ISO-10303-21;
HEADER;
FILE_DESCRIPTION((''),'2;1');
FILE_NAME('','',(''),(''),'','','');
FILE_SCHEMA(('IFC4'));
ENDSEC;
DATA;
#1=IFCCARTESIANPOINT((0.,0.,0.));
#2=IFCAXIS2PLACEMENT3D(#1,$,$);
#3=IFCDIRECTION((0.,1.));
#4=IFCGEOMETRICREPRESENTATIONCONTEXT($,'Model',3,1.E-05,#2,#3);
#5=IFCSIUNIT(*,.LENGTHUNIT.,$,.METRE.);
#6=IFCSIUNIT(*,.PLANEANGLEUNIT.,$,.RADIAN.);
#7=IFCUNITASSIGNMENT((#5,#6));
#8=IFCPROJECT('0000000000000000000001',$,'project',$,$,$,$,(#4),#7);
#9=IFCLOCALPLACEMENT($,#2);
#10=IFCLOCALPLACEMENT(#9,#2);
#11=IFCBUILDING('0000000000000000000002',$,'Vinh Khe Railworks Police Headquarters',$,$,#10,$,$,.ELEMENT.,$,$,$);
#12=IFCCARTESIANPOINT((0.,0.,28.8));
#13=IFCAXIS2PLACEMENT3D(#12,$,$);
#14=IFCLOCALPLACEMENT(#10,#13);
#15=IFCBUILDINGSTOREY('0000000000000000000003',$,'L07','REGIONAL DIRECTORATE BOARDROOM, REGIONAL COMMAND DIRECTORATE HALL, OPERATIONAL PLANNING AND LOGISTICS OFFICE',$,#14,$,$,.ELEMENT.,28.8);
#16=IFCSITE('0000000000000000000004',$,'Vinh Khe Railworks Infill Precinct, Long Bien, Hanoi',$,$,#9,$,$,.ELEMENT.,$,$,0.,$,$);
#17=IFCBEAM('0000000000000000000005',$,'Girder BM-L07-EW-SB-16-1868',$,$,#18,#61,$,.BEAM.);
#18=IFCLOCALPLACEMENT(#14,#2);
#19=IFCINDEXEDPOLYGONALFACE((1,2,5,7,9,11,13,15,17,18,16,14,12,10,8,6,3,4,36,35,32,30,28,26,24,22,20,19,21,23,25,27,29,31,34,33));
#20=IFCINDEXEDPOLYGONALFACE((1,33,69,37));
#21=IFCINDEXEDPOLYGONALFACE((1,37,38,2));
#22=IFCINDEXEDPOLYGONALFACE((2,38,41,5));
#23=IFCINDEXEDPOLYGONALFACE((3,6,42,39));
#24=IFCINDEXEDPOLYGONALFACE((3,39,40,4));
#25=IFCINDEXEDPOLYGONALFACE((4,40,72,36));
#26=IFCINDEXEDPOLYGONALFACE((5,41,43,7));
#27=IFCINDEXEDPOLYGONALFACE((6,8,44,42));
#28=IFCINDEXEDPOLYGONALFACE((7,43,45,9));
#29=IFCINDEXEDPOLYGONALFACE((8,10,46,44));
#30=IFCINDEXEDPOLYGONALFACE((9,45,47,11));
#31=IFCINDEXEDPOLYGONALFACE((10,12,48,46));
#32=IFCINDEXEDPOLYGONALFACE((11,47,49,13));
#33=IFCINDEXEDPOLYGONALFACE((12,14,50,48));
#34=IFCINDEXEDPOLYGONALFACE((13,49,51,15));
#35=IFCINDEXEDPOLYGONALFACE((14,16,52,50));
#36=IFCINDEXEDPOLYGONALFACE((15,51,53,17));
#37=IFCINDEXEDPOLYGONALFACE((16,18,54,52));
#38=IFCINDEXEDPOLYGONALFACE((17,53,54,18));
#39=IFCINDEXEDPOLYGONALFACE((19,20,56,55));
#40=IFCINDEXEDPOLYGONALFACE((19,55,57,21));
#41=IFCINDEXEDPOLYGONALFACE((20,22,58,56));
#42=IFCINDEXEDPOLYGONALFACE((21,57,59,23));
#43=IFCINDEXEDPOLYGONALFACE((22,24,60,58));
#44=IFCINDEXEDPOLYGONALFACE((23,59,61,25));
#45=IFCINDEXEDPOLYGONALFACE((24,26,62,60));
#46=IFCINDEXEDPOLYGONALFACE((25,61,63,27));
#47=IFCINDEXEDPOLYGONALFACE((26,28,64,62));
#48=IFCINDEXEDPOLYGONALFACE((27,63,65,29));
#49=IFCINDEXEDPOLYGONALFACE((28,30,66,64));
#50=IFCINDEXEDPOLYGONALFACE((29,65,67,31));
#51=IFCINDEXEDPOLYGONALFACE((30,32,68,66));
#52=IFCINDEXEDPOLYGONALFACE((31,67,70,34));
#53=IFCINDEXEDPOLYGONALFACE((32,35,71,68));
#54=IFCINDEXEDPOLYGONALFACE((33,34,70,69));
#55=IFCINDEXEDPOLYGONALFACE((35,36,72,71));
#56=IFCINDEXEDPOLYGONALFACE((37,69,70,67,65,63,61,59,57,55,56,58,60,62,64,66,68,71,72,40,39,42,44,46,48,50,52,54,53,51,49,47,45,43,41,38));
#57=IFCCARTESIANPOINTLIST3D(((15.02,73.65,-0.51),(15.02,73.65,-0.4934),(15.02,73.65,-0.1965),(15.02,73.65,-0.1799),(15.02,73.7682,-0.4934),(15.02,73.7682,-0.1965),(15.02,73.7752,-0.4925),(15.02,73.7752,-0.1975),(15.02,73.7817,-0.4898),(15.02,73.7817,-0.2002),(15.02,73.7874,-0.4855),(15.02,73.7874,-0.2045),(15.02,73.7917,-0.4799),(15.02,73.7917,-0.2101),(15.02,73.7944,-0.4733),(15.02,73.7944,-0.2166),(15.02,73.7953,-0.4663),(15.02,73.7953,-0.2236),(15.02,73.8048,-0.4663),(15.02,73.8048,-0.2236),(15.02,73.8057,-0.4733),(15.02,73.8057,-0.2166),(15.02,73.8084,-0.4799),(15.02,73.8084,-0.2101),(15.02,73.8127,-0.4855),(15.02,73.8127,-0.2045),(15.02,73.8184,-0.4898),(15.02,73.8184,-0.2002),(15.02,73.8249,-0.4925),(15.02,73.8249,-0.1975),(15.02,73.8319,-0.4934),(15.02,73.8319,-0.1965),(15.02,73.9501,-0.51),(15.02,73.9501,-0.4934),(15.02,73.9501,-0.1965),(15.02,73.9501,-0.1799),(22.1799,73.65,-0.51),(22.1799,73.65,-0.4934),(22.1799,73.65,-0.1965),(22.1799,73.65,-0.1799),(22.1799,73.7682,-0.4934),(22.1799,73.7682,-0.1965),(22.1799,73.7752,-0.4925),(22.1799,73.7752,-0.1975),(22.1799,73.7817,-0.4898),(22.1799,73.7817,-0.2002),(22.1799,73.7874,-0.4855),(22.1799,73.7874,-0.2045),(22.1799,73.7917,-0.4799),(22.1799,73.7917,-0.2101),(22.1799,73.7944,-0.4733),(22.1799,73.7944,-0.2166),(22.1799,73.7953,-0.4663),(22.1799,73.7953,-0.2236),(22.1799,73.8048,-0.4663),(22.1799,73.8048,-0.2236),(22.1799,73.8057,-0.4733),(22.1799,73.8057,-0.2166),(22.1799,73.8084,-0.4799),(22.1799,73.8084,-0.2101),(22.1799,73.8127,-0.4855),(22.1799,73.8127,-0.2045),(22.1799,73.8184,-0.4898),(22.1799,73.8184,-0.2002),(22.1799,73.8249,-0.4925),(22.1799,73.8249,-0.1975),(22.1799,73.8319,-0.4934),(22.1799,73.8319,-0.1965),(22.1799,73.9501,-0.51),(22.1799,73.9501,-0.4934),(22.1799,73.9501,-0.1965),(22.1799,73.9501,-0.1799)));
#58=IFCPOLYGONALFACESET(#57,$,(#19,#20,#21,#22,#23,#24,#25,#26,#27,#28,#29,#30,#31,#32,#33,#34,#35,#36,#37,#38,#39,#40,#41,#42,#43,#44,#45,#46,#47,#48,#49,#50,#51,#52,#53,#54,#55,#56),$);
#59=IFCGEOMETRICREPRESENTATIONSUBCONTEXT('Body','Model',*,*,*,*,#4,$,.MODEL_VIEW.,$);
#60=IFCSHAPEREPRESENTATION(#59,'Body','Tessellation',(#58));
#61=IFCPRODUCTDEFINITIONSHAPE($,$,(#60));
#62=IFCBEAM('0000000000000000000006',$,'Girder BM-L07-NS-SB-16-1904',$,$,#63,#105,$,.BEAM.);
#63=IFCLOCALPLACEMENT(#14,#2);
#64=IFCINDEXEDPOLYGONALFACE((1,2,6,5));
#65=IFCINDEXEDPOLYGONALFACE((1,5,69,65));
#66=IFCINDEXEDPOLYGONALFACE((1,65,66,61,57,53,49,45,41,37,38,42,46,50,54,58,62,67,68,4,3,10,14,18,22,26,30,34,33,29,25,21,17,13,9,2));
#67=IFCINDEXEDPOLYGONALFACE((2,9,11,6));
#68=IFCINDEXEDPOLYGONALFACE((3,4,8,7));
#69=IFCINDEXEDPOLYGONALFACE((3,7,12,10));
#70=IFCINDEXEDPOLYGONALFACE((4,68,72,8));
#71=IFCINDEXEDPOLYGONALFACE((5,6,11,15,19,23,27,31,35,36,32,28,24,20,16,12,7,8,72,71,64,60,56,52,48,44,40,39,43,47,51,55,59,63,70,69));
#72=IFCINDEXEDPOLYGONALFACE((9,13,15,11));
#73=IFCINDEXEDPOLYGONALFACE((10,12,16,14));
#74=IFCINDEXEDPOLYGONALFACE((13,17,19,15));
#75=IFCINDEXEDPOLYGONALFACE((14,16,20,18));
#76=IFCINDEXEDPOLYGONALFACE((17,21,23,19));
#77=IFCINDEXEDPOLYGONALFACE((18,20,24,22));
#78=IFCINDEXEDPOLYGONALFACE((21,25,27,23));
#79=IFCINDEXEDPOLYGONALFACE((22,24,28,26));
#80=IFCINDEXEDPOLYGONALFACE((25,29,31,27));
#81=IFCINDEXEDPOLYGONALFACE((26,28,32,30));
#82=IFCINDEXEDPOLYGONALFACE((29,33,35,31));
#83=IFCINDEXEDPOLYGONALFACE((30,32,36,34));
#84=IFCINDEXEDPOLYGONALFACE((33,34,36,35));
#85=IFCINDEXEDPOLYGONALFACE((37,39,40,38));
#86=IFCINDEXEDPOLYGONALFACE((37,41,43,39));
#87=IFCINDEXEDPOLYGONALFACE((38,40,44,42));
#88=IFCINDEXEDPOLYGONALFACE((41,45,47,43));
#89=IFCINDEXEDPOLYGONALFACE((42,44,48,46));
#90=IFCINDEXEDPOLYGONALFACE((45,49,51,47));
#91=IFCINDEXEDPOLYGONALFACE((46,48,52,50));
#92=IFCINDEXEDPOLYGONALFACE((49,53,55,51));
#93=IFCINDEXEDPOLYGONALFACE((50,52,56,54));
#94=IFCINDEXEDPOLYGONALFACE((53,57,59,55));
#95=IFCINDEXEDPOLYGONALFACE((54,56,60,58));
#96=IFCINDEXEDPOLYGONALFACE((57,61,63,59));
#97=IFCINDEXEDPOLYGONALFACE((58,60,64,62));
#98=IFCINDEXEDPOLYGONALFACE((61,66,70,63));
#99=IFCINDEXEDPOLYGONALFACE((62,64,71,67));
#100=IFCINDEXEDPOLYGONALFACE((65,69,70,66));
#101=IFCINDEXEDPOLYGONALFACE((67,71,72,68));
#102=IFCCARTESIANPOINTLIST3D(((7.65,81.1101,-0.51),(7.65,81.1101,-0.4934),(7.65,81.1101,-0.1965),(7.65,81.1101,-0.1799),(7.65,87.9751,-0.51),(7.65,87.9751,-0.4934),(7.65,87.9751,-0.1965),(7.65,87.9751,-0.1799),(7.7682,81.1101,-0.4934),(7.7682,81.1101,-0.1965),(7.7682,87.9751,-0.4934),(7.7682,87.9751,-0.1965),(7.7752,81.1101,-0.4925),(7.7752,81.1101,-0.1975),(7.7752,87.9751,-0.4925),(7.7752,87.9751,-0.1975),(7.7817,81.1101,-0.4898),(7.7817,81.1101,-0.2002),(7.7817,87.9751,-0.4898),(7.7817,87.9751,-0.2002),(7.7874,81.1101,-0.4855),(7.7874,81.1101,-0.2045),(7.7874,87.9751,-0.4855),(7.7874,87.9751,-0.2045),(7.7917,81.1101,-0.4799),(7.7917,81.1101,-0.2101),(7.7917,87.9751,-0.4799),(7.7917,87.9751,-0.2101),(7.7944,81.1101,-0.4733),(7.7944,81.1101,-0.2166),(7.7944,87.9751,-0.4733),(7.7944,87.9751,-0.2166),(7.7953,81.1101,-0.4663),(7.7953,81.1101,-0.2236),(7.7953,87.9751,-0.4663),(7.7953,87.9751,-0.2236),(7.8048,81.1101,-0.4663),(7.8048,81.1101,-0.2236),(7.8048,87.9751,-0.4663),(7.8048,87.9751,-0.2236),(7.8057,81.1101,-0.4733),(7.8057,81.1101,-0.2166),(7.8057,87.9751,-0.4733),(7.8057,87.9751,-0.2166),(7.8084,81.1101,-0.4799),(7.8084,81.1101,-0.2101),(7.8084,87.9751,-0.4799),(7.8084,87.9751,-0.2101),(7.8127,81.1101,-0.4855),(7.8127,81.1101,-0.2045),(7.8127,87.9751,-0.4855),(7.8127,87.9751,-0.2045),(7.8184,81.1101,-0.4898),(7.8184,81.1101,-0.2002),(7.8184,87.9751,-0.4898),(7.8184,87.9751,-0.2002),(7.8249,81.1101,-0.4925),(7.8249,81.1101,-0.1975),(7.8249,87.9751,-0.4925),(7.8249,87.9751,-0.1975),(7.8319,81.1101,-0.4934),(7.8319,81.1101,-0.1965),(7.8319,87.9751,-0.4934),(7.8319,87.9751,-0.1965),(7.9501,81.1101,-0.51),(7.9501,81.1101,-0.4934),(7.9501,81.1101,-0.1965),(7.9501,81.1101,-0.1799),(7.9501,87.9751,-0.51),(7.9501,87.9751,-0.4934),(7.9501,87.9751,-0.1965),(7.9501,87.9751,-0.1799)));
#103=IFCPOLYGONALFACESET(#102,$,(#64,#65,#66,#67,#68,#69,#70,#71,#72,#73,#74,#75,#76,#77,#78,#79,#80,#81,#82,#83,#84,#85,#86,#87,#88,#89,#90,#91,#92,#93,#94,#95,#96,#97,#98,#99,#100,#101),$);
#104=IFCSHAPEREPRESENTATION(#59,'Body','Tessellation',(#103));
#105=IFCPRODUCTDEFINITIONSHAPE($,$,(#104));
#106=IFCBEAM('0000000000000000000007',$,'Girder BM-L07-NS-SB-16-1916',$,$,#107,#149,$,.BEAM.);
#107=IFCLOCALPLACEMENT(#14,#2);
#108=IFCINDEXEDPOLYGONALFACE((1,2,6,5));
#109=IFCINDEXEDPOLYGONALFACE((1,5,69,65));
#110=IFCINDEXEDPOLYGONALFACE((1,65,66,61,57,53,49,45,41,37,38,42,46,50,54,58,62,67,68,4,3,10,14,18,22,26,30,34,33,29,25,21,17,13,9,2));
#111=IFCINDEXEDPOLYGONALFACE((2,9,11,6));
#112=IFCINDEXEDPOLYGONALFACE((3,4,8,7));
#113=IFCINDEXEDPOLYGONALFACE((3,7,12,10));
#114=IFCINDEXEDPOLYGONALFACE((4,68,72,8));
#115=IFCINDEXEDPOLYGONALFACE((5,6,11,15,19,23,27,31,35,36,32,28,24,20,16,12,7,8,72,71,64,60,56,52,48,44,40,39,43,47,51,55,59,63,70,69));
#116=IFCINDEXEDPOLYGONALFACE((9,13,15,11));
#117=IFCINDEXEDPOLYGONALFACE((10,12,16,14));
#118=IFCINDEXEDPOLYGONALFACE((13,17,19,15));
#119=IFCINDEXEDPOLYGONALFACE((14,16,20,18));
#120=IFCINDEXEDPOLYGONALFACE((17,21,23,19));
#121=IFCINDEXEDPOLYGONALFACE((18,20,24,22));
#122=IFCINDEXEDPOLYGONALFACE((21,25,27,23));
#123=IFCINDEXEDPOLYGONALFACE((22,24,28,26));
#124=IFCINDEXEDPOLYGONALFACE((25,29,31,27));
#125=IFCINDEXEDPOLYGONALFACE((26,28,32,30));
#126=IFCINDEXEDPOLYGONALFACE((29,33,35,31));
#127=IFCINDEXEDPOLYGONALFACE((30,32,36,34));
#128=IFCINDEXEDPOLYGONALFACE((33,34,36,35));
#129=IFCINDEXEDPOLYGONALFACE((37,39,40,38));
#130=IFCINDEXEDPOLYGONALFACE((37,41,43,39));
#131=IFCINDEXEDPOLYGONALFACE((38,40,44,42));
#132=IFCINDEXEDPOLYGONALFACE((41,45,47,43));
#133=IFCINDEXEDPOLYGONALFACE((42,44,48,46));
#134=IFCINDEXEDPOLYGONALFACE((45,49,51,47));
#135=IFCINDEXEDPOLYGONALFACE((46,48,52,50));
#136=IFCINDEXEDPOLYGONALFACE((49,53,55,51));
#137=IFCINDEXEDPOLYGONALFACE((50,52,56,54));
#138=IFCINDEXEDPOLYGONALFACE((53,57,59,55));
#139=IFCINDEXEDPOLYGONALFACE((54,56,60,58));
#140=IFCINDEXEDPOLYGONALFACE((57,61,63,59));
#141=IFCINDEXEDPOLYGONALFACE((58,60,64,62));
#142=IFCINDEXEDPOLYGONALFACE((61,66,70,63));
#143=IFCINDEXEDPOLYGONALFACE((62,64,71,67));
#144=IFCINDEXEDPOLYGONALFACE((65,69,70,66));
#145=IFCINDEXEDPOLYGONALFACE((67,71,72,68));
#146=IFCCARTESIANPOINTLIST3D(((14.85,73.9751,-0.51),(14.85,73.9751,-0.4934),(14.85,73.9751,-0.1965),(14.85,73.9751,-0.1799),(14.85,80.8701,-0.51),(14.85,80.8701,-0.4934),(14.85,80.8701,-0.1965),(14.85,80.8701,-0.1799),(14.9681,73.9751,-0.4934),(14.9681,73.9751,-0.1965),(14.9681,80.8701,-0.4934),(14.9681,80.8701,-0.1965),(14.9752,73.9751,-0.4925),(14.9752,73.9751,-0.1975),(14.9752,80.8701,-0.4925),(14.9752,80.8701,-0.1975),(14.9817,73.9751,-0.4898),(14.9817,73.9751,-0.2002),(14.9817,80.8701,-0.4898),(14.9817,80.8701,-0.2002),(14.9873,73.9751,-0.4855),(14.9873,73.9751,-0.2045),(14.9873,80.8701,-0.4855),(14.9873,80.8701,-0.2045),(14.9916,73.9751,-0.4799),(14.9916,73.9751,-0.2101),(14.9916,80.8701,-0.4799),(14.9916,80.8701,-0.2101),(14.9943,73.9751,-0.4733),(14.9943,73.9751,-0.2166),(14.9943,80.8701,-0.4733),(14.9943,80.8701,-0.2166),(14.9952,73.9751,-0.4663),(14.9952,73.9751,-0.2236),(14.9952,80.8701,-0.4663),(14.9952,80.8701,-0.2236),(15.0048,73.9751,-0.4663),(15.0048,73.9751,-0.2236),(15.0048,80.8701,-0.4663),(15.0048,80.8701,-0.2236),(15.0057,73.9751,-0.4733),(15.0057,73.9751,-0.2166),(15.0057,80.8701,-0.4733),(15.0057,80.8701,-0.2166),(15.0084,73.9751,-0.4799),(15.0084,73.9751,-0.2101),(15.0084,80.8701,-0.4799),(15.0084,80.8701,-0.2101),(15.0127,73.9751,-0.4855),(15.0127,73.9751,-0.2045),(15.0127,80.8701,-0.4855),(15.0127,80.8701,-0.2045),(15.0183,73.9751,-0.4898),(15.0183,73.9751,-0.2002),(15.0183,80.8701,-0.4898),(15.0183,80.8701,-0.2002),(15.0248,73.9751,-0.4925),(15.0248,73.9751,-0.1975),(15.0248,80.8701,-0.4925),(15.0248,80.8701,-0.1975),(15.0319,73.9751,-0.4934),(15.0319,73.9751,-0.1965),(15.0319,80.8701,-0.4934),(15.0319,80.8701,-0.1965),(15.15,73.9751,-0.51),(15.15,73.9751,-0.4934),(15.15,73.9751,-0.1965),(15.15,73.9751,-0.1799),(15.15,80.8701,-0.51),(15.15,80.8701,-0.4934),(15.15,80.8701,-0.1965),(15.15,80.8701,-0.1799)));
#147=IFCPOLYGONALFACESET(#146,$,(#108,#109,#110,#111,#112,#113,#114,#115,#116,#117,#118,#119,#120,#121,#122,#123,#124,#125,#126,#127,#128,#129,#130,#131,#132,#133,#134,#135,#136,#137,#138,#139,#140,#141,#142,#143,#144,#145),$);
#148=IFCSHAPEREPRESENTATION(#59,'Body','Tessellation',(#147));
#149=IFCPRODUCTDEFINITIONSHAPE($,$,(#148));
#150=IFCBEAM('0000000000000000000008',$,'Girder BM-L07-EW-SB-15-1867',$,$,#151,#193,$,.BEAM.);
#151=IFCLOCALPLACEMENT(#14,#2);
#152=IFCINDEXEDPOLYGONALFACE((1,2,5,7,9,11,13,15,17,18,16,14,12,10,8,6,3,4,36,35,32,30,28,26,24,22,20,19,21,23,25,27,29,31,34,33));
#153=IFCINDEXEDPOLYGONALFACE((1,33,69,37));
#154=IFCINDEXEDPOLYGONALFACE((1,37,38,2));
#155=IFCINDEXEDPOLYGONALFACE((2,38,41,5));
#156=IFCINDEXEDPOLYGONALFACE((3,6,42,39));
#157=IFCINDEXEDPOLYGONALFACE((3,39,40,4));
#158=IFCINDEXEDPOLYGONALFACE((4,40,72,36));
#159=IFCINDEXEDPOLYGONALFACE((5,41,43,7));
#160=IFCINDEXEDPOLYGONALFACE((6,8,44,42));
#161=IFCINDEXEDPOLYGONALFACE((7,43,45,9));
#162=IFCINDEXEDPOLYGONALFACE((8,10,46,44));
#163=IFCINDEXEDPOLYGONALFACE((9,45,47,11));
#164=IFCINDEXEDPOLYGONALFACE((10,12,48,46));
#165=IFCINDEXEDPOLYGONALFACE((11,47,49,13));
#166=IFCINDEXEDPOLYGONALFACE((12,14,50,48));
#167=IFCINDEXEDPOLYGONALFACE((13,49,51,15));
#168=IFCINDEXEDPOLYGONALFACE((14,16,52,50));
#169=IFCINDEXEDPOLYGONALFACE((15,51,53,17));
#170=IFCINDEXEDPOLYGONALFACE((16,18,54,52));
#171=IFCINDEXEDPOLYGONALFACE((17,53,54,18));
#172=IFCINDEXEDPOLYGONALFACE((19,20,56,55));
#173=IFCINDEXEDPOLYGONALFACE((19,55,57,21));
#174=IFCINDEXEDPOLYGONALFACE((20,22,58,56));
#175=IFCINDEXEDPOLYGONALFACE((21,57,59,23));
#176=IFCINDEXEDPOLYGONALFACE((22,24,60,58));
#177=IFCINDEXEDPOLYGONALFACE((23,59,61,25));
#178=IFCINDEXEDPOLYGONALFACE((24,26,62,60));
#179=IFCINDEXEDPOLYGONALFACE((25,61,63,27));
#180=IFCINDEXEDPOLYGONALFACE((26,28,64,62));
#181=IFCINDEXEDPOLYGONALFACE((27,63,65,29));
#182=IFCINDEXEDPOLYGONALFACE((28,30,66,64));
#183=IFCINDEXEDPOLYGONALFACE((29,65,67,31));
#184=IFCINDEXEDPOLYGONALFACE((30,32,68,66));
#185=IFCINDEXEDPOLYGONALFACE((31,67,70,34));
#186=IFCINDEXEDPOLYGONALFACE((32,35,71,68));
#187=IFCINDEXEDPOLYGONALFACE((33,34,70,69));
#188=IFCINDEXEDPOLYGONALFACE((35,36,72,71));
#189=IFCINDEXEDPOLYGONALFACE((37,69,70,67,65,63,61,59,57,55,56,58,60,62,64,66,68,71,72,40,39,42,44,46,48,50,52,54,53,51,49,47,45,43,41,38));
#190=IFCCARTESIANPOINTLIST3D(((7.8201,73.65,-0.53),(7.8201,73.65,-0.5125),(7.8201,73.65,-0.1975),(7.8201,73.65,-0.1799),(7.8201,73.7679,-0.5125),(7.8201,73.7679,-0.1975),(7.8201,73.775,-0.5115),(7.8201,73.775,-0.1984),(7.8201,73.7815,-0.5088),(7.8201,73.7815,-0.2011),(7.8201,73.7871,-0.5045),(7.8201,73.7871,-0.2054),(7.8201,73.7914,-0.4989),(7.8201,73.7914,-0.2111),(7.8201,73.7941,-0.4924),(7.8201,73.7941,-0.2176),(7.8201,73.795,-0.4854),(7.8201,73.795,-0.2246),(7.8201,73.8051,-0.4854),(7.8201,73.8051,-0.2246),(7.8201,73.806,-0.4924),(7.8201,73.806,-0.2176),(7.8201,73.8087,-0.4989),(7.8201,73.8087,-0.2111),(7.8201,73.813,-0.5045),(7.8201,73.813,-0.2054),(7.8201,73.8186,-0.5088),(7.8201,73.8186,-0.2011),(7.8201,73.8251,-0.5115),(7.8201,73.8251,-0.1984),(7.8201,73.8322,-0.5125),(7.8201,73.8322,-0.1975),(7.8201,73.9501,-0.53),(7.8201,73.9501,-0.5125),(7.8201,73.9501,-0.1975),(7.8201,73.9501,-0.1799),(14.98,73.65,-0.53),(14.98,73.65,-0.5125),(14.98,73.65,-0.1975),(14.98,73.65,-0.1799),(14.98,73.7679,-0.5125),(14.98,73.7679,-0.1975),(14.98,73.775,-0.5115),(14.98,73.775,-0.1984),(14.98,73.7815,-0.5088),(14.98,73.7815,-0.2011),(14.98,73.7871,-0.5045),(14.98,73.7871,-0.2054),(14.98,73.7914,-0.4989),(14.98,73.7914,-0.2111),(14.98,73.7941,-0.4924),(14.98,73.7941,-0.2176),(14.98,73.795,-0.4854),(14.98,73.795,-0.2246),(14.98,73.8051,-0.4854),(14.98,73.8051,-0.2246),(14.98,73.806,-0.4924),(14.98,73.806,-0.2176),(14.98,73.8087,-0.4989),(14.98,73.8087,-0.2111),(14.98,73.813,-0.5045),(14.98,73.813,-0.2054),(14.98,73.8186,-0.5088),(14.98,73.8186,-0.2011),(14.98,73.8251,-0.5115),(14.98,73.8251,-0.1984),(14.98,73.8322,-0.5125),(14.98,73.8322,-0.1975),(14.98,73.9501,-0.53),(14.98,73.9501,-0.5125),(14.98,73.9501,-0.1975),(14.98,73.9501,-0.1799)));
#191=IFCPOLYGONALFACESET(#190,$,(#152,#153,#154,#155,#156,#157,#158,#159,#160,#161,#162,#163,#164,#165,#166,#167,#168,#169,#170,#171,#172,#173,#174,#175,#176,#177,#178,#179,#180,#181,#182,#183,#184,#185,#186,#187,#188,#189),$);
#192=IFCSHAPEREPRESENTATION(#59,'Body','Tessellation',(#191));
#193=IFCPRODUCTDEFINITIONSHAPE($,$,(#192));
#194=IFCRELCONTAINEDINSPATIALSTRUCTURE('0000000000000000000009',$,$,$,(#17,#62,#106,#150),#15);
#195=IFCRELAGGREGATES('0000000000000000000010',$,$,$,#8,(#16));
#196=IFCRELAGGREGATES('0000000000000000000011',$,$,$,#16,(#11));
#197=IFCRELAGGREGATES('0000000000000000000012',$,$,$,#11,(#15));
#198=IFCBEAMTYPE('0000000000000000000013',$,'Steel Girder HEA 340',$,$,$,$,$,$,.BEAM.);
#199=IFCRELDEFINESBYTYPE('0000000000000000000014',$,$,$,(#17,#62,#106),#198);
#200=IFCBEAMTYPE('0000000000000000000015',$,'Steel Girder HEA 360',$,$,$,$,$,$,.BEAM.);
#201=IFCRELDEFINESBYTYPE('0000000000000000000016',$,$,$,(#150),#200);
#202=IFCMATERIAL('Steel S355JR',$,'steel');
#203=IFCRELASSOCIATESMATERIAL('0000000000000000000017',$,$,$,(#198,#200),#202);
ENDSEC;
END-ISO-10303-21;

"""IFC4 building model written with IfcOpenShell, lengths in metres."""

from ifc_helpers import new_model, si_unit, direction, frame, origin, origin_2d, place, context, subcontext, project, spatial, i_section, extrude, material, material_profile, profile_set, type_object, element, save


model = new_model("IFC4")

# Units and contexts
model_context = context("Model", 3, precision=1e-05, world=origin(), true_north=direction((0.0, 1.0)))
body_context = subcontext(model_context, "Body", "Model", "MODEL_VIEW")
ifc_project = project(units=[si_unit("LENGTHUNIT", "METRE"), si_unit("PLANEANGLEUNIT", "RADIAN")], contexts=[model_context])

# Site, building, storey
site_placement = place(None, origin())
site = spatial("IfcSite", under=ifc_project, at=site_placement, Name="Vinh Khe Railworks Infill Precinct, Long Bien, Hanoi", CompositionType="ELEMENT", RefElevation=0.0)
building_placement = place(site_placement, origin())
building = spatial("IfcBuilding", under=site, at=building_placement, Name="Vinh Khe Railworks Police Headquarters", CompositionType="ELEMENT")
storey_placement = place(building_placement, frame((0.0, 0.0, 28.8)))
storey = spatial("IfcBuildingStorey", under=building, at=storey_placement, Name="L07", Description="REGIONAL DIRECTORATE BOARDROOM, REGIONAL COMMAND DIRECTORATE HALL, OPERATIONAL PLANNING AND LOGISTICS OFFICE", CompositionType="ELEMENT", Elevation=28.8)

# Shared definitions
ifc_material_1 = material(Name="Steel S355JR", Category="steel")

# Beams
ifc_material_profile_1 = material_profile(ifc_material_1, i_section(OverallWidth=0.3, OverallDepth=0.3301, WebThickness=0.0095, FlangeThickness=0.0166, FilletRadius=0.0271, at=origin_2d()), Name="HEA 340")
ifc_profile_set_1 = profile_set([ifc_material_profile_1], Name="Steel S355JR")
beam_type_1 = type_object("IfcBeamType", Name="Steel Girder HEA 340", PredefinedType="BEAM", material=ifc_profile_set_1)
beam_1_placement = place(storey_placement, frame((15.02, 73.8, -0.345), z_axis=(1.0, 0.0, 0.0), x_axis=(0.0, 1.0, 0.0)))
element("IfcBeam", 1, at=beam_1_placement, inside=storey, type_object=beam_type_1, Name="Girder BM-L07-EW-SB-16-1868", PredefinedType="BEAM", context=body_context, shape_type="SweptSolid", body=[
    extrude(i_section(OverallWidth=0.3, OverallDepth=0.3301, WebThickness=0.0095, FlangeThickness=0.0166, FilletRadius=0.0271, at=origin_2d()), origin(), (0.0, 0.0, 1.0), 7.1599),
])
beam_2_placement = place(storey_placement, frame((7.8, 81.1101, -0.345), z_axis=(0.0, 1.0, 0.0), x_axis=(-1.0, 0.0, 0.0)))
element("IfcBeam", 2, at=beam_2_placement, inside=storey, type_object=beam_type_1, Name="Girder BM-L07-NS-SB-16-1904", PredefinedType="BEAM", context=body_context, shape_type="SweptSolid", body=[
    extrude(i_section(OverallWidth=0.3, OverallDepth=0.3301, WebThickness=0.0095, FlangeThickness=0.0166, FilletRadius=0.0271, at=origin_2d()), origin(), (0.0, 0.0, 1.0), 6.865),
])
beam_3_placement = place(storey_placement, frame((15.0, 73.9751, -0.345), z_axis=(0.0, 1.0, 0.0), x_axis=(-1.0, 0.0, 0.0)))
element("IfcBeam", 3, at=beam_3_placement, inside=storey, type_object=beam_type_1, Name="Girder BM-L07-NS-SB-16-1916", PredefinedType="BEAM", context=body_context, shape_type="SweptSolid", body=[
    extrude(i_section(OverallWidth=0.3, OverallDepth=0.3301, WebThickness=0.0095, FlangeThickness=0.0166, FilletRadius=0.0271, at=origin_2d()), origin(), (0.0, 0.0, 1.0), 6.895),
])
ifc_material_profile_2 = material_profile(ifc_material_1, i_section(OverallWidth=0.3, OverallDepth=0.3501, WebThickness=0.01, FlangeThickness=0.0176, FilletRadius=0.0271, at=origin_2d()), Name="HEA 360")
ifc_profile_set_2 = profile_set([ifc_material_profile_2], Name="Steel S355JR")
beam_type_2 = type_object("IfcBeamType", Name="Steel Girder HEA 360", PredefinedType="BEAM", material=ifc_profile_set_2)
beam_4_placement = place(storey_placement, frame((7.8201, 73.8, -0.355), z_axis=(1.0, 0.0, 0.0), x_axis=(0.0, 1.0, 0.0)))
element("IfcBeam", 4, at=beam_4_placement, inside=storey, type_object=beam_type_2, Name="Girder BM-L07-EW-SB-15-1867", PredefinedType="BEAM", context=body_context, shape_type="SweptSolid", body=[
    extrude(i_section(OverallWidth=0.3, OverallDepth=0.3501, WebThickness=0.01, FlangeThickness=0.0176, FilletRadius=0.0271, at=origin_2d()), origin(), (0.0, 0.0, 1.0), 7.1599),
])

save(model, "model.ifc")
